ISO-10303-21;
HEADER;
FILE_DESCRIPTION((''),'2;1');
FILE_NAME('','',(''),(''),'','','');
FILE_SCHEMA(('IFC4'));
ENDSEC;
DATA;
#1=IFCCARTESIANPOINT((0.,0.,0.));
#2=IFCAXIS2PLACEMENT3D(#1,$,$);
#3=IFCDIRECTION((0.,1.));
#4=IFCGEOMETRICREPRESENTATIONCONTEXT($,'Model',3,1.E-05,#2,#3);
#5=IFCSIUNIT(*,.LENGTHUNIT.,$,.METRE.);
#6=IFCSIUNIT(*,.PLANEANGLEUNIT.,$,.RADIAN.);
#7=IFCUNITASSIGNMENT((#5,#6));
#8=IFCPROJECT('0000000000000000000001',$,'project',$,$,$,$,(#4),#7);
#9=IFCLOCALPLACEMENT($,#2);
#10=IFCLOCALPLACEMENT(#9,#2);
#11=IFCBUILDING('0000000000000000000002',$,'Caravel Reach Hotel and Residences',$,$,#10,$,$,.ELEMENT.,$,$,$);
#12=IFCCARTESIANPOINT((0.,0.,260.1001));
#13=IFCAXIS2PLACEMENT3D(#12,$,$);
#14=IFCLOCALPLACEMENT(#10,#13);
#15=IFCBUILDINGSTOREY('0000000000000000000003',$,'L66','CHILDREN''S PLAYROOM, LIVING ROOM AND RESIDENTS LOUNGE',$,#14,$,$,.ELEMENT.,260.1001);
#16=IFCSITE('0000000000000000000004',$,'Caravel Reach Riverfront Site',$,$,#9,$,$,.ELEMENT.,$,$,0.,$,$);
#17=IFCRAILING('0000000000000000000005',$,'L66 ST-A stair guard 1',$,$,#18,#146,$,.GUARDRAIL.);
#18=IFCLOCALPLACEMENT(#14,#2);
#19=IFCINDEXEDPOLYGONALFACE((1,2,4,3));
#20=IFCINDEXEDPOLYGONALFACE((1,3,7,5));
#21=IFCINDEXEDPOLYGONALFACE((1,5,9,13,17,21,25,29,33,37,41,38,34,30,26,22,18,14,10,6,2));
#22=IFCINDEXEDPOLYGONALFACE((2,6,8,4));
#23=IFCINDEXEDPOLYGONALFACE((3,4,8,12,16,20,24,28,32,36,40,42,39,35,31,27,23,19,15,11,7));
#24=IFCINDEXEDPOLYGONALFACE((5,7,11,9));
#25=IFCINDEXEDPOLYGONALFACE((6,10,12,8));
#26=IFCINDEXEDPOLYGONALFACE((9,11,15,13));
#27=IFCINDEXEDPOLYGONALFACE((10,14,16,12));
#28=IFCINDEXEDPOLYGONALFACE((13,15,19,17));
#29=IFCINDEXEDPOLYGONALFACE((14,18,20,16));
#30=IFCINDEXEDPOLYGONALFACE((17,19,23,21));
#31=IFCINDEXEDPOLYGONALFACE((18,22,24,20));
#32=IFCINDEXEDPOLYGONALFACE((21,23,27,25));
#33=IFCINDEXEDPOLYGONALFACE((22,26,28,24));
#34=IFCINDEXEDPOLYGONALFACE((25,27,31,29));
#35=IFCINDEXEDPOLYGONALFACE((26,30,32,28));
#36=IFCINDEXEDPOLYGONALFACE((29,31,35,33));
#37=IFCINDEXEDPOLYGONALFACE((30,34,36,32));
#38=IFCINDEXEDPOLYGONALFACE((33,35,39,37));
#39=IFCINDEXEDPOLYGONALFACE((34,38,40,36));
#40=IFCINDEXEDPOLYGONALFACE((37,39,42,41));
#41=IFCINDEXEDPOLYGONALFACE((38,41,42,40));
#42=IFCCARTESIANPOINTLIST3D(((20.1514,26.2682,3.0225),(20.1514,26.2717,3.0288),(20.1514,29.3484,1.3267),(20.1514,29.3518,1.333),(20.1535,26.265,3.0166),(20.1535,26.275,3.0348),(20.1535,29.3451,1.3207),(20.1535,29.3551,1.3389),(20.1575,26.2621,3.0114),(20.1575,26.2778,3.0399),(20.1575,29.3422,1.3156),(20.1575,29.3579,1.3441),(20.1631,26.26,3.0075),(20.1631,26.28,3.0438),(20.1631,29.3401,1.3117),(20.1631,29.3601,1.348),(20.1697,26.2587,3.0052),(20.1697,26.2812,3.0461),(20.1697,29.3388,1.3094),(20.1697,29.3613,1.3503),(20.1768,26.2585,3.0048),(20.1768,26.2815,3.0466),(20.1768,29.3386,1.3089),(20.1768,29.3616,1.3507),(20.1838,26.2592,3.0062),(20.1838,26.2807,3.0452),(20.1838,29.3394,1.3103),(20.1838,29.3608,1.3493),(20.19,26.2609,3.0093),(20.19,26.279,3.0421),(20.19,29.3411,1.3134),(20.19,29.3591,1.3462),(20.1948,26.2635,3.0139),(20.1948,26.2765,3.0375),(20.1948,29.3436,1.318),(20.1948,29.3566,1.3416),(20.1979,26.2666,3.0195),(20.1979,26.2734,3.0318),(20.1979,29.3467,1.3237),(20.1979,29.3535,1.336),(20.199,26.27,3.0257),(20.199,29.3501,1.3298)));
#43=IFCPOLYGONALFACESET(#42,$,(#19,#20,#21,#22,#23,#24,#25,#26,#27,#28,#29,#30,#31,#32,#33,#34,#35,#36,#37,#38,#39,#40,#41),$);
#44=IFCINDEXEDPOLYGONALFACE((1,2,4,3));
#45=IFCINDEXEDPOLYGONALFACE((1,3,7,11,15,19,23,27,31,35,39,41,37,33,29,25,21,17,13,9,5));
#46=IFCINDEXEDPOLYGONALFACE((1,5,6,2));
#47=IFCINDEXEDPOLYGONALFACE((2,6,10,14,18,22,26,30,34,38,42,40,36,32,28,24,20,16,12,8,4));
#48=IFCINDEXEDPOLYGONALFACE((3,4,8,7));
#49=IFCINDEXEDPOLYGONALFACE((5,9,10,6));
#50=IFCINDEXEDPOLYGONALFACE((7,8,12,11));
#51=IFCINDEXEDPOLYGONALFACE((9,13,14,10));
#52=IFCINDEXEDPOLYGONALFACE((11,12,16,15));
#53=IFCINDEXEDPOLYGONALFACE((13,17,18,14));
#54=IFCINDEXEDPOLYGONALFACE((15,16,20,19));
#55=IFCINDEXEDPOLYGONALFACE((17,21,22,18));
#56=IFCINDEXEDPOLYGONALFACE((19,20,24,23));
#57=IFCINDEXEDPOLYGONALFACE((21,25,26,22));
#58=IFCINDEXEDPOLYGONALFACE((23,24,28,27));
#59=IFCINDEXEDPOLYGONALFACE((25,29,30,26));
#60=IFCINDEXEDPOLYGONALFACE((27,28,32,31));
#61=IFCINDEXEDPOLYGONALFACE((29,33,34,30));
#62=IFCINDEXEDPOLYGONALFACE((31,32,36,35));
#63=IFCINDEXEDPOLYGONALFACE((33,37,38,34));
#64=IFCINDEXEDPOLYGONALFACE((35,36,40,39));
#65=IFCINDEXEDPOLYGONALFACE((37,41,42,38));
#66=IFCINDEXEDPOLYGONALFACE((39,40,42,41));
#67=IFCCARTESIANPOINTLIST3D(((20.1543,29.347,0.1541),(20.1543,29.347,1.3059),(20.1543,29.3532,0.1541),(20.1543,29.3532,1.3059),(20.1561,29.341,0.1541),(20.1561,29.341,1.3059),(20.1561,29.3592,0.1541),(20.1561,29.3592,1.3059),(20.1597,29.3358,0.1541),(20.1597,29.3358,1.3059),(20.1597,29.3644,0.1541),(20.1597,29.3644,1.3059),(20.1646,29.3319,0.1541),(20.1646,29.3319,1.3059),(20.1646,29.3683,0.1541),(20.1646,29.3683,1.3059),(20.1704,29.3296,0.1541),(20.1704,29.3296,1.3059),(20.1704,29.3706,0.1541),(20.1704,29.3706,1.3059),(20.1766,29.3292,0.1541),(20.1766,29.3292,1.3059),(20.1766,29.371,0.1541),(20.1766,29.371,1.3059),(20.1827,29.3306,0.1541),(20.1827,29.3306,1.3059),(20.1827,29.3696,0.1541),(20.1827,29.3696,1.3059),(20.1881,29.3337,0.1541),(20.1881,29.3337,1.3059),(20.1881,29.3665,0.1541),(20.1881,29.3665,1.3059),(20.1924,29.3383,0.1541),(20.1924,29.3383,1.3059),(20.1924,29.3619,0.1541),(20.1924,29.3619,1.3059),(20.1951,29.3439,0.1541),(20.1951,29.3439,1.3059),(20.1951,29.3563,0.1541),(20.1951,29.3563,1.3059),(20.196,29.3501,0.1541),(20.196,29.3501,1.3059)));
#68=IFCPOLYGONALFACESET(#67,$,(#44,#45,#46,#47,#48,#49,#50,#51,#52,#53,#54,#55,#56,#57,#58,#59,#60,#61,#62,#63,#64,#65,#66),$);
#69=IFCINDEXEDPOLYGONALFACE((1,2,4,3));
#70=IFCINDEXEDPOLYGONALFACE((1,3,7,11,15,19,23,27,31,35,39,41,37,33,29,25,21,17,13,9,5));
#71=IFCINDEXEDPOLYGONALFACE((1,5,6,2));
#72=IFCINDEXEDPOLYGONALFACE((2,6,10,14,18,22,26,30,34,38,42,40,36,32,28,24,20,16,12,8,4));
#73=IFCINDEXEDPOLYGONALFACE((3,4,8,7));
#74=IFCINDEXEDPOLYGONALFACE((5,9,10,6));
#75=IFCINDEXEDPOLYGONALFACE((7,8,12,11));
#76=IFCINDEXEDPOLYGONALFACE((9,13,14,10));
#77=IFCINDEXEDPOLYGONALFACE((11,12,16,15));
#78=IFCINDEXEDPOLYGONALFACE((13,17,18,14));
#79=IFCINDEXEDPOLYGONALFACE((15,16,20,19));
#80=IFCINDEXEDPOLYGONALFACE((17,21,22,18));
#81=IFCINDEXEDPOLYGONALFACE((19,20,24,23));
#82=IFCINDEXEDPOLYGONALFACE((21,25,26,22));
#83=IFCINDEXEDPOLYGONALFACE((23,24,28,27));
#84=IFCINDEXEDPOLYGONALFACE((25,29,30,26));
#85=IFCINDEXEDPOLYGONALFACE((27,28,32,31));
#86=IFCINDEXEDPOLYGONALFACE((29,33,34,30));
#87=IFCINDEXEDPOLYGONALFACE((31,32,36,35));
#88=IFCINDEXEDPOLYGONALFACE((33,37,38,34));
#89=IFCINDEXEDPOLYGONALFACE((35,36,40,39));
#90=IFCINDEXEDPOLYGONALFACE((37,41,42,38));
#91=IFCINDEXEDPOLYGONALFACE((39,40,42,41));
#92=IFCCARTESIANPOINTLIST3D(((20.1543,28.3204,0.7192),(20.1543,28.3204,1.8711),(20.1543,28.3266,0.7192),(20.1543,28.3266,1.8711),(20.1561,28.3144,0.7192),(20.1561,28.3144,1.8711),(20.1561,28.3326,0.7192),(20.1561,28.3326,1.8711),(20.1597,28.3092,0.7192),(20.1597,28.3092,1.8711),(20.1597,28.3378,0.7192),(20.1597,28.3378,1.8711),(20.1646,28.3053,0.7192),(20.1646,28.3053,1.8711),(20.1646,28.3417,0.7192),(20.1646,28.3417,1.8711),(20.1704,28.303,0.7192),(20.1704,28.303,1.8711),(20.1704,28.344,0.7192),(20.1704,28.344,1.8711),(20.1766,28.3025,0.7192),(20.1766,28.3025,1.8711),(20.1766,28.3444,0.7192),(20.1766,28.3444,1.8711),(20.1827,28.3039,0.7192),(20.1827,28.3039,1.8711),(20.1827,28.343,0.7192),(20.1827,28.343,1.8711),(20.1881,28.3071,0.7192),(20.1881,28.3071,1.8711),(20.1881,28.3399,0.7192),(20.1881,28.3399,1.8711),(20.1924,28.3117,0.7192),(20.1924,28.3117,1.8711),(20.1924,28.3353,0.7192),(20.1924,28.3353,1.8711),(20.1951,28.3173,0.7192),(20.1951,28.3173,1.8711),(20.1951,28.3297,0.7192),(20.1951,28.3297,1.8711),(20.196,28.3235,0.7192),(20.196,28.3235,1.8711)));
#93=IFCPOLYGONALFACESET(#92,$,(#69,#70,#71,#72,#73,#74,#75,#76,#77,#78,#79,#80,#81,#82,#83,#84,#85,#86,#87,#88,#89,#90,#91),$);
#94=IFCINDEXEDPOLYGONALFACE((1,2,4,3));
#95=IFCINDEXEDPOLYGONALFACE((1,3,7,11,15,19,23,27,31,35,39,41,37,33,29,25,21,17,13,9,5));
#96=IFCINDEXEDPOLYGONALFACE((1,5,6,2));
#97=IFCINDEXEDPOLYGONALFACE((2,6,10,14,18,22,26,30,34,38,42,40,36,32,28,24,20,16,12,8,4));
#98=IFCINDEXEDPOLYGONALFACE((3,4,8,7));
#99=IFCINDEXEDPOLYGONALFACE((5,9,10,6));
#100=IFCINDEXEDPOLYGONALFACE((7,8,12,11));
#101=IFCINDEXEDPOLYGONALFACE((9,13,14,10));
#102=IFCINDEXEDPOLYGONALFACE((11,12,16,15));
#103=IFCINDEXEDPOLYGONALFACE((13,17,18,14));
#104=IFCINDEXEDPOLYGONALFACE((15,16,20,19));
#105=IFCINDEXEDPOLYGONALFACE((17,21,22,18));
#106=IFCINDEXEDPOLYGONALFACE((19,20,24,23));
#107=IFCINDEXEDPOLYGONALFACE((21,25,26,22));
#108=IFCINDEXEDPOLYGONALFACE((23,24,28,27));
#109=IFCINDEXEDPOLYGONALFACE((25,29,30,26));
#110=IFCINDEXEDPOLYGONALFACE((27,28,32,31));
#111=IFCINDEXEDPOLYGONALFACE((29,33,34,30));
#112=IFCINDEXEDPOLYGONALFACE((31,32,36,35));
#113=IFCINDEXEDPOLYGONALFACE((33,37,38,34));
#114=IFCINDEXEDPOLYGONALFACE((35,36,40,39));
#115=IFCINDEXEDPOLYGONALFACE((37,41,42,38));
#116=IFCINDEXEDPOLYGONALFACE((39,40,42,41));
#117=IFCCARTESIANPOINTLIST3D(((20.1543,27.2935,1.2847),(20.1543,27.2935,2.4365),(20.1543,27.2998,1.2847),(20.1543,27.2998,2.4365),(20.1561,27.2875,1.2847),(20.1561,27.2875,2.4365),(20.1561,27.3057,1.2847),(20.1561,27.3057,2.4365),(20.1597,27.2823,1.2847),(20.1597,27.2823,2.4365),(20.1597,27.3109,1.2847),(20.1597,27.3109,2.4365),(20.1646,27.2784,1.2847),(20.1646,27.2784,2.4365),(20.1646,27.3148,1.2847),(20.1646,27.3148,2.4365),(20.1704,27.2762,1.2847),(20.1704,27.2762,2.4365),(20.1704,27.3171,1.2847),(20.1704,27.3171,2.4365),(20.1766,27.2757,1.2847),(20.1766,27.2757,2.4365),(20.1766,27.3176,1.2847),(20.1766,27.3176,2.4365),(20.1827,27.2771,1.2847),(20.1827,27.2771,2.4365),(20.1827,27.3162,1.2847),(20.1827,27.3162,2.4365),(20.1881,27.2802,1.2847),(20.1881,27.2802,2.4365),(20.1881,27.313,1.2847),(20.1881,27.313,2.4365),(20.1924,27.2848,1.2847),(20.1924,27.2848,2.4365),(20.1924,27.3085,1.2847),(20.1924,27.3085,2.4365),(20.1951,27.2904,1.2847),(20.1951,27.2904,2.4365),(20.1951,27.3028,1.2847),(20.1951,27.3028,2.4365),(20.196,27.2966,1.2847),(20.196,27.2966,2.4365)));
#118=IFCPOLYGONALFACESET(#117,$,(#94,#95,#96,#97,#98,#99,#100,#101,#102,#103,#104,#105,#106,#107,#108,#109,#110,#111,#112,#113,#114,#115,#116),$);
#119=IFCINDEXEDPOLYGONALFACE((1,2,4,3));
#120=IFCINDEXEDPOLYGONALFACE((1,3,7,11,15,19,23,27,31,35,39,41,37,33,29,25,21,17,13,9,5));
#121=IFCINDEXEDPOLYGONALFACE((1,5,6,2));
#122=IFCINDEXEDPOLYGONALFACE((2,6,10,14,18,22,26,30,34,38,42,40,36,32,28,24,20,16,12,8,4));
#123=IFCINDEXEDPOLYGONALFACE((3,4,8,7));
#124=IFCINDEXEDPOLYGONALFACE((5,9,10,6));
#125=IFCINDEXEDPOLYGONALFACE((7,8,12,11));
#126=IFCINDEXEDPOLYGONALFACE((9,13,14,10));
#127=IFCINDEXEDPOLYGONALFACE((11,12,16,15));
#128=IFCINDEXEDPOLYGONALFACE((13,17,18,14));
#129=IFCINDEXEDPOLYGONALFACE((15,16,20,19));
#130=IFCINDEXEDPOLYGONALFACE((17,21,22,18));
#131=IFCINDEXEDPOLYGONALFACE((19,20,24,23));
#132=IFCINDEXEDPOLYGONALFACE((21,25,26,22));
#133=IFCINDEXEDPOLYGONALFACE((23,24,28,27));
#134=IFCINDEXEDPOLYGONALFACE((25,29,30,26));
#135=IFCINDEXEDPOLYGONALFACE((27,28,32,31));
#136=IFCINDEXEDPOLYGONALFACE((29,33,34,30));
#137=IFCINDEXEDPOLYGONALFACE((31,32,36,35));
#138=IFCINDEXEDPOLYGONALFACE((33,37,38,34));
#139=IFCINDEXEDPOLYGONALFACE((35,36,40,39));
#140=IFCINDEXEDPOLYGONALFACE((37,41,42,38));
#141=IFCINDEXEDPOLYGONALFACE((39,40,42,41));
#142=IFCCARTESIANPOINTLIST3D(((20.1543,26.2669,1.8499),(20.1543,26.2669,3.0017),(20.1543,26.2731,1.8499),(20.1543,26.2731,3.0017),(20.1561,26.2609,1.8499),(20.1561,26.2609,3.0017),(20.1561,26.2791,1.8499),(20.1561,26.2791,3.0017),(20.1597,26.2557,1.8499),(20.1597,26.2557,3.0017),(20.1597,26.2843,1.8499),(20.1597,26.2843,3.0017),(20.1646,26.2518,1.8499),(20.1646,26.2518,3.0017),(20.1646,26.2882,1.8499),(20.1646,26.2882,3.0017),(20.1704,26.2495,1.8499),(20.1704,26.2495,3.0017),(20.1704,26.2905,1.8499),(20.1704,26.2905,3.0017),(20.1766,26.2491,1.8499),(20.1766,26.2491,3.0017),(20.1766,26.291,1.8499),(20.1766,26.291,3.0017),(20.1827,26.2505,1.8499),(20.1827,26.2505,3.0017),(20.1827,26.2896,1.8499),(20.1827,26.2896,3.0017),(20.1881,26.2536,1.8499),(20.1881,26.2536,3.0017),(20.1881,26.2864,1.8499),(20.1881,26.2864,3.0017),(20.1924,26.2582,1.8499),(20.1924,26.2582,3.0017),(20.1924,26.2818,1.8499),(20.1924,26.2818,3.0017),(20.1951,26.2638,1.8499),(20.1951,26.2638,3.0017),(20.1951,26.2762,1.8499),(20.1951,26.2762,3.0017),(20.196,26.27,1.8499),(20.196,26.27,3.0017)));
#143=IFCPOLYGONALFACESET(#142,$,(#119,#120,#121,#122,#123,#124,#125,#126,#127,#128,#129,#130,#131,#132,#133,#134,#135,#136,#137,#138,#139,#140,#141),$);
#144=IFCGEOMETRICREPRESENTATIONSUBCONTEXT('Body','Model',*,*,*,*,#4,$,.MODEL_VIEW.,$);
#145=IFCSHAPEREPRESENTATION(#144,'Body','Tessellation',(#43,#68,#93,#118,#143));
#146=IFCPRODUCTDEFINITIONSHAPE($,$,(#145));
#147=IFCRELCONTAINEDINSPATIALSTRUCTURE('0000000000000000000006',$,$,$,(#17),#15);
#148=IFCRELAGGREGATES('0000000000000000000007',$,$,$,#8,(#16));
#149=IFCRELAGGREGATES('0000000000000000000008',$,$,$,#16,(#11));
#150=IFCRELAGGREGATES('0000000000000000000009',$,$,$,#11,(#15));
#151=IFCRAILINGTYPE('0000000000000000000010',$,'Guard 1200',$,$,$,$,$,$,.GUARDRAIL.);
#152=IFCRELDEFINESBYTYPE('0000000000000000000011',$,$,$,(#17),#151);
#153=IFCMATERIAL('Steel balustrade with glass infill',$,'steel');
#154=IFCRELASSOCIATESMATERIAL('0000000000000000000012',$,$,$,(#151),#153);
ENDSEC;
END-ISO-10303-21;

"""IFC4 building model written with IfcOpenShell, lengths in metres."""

from ifc_helpers import new_model, si_unit, direction, frame, origin, origin_2d, place, context, subcontext, project, spatial, circle, extrude, material, type_object, element, save


model = new_model("IFC4")

# Units and contexts
model_context = context("Model", 3, precision=1e-05, world=origin(), true_north=direction((0.0, 1.0)))
body_context = subcontext(model_context, "Body", "Model", "MODEL_VIEW")
ifc_project = project(units=[si_unit("LENGTHUNIT", "METRE"), si_unit("PLANEANGLEUNIT", "RADIAN")], contexts=[model_context])

# Site, building, storey
site_placement = place(None, origin())
site = spatial("IfcSite", under=ifc_project, at=site_placement, Name="Caravel Reach Riverfront Site", CompositionType="ELEMENT", RefElevation=0.0)
building_placement = place(site_placement, origin())
building = spatial("IfcBuilding", under=site, at=building_placement, Name="Caravel Reach Hotel and Residences", CompositionType="ELEMENT")
storey_placement = place(building_placement, frame((0.0, 0.0, 260.1001)))
storey = spatial("IfcBuildingStorey", under=building, at=storey_placement, Name="L66", Description="CHILDREN'S PLAYROOM, LIVING ROOM AND RESIDENTS LOUNGE", CompositionType="ELEMENT", Elevation=260.1001)

# Railing
ifc_material_1 = material(Name="Steel balustrade with glass infill", Category="steel")
railing_type = type_object("IfcRailingType", Name="Guard 1200", PredefinedType="GUARDRAIL", material=ifc_material_1)
railing_1_placement = place(storey_placement, frame((20.175, 29.3501, 0.1541)))
element("IfcRailing", 1, at=railing_1_placement, inside=storey, type_object=railing_type, Name="L66 ST-A stair guard 1", PredefinedType="GUARDRAIL", context=body_context, shape_type="SweptSolid", body=[
    extrude(circle(Radius=0.0239, at=origin_2d()), frame((0.0, 0.0, 1.1758), z_axis=(0.0, -0.876005, 0.482303), x_axis=(1.0, 0.0, 0.0)), (0.0, 0.0, 1.0), 3.5161),
    extrude(circle(Radius=0.021, at=origin_2d()), origin(), (0.0, 0.0, 1.0), 1.1519),
    extrude(circle(Radius=0.021, at=origin_2d()), frame((0.0, -1.0266, 0.5652)), (0.0, 0.0, 1.0), 1.1519),
    extrude(circle(Radius=0.021, at=origin_2d()), frame((0.0, -2.0535, 1.1306)), (0.0, 0.0, 1.0), 1.1519),
    extrude(circle(Radius=0.021, at=origin_2d()), frame((0.0, -3.0801, 1.6958)), (0.0, 0.0, 1.0), 1.1519),
])

save(model, "model.ifc")
